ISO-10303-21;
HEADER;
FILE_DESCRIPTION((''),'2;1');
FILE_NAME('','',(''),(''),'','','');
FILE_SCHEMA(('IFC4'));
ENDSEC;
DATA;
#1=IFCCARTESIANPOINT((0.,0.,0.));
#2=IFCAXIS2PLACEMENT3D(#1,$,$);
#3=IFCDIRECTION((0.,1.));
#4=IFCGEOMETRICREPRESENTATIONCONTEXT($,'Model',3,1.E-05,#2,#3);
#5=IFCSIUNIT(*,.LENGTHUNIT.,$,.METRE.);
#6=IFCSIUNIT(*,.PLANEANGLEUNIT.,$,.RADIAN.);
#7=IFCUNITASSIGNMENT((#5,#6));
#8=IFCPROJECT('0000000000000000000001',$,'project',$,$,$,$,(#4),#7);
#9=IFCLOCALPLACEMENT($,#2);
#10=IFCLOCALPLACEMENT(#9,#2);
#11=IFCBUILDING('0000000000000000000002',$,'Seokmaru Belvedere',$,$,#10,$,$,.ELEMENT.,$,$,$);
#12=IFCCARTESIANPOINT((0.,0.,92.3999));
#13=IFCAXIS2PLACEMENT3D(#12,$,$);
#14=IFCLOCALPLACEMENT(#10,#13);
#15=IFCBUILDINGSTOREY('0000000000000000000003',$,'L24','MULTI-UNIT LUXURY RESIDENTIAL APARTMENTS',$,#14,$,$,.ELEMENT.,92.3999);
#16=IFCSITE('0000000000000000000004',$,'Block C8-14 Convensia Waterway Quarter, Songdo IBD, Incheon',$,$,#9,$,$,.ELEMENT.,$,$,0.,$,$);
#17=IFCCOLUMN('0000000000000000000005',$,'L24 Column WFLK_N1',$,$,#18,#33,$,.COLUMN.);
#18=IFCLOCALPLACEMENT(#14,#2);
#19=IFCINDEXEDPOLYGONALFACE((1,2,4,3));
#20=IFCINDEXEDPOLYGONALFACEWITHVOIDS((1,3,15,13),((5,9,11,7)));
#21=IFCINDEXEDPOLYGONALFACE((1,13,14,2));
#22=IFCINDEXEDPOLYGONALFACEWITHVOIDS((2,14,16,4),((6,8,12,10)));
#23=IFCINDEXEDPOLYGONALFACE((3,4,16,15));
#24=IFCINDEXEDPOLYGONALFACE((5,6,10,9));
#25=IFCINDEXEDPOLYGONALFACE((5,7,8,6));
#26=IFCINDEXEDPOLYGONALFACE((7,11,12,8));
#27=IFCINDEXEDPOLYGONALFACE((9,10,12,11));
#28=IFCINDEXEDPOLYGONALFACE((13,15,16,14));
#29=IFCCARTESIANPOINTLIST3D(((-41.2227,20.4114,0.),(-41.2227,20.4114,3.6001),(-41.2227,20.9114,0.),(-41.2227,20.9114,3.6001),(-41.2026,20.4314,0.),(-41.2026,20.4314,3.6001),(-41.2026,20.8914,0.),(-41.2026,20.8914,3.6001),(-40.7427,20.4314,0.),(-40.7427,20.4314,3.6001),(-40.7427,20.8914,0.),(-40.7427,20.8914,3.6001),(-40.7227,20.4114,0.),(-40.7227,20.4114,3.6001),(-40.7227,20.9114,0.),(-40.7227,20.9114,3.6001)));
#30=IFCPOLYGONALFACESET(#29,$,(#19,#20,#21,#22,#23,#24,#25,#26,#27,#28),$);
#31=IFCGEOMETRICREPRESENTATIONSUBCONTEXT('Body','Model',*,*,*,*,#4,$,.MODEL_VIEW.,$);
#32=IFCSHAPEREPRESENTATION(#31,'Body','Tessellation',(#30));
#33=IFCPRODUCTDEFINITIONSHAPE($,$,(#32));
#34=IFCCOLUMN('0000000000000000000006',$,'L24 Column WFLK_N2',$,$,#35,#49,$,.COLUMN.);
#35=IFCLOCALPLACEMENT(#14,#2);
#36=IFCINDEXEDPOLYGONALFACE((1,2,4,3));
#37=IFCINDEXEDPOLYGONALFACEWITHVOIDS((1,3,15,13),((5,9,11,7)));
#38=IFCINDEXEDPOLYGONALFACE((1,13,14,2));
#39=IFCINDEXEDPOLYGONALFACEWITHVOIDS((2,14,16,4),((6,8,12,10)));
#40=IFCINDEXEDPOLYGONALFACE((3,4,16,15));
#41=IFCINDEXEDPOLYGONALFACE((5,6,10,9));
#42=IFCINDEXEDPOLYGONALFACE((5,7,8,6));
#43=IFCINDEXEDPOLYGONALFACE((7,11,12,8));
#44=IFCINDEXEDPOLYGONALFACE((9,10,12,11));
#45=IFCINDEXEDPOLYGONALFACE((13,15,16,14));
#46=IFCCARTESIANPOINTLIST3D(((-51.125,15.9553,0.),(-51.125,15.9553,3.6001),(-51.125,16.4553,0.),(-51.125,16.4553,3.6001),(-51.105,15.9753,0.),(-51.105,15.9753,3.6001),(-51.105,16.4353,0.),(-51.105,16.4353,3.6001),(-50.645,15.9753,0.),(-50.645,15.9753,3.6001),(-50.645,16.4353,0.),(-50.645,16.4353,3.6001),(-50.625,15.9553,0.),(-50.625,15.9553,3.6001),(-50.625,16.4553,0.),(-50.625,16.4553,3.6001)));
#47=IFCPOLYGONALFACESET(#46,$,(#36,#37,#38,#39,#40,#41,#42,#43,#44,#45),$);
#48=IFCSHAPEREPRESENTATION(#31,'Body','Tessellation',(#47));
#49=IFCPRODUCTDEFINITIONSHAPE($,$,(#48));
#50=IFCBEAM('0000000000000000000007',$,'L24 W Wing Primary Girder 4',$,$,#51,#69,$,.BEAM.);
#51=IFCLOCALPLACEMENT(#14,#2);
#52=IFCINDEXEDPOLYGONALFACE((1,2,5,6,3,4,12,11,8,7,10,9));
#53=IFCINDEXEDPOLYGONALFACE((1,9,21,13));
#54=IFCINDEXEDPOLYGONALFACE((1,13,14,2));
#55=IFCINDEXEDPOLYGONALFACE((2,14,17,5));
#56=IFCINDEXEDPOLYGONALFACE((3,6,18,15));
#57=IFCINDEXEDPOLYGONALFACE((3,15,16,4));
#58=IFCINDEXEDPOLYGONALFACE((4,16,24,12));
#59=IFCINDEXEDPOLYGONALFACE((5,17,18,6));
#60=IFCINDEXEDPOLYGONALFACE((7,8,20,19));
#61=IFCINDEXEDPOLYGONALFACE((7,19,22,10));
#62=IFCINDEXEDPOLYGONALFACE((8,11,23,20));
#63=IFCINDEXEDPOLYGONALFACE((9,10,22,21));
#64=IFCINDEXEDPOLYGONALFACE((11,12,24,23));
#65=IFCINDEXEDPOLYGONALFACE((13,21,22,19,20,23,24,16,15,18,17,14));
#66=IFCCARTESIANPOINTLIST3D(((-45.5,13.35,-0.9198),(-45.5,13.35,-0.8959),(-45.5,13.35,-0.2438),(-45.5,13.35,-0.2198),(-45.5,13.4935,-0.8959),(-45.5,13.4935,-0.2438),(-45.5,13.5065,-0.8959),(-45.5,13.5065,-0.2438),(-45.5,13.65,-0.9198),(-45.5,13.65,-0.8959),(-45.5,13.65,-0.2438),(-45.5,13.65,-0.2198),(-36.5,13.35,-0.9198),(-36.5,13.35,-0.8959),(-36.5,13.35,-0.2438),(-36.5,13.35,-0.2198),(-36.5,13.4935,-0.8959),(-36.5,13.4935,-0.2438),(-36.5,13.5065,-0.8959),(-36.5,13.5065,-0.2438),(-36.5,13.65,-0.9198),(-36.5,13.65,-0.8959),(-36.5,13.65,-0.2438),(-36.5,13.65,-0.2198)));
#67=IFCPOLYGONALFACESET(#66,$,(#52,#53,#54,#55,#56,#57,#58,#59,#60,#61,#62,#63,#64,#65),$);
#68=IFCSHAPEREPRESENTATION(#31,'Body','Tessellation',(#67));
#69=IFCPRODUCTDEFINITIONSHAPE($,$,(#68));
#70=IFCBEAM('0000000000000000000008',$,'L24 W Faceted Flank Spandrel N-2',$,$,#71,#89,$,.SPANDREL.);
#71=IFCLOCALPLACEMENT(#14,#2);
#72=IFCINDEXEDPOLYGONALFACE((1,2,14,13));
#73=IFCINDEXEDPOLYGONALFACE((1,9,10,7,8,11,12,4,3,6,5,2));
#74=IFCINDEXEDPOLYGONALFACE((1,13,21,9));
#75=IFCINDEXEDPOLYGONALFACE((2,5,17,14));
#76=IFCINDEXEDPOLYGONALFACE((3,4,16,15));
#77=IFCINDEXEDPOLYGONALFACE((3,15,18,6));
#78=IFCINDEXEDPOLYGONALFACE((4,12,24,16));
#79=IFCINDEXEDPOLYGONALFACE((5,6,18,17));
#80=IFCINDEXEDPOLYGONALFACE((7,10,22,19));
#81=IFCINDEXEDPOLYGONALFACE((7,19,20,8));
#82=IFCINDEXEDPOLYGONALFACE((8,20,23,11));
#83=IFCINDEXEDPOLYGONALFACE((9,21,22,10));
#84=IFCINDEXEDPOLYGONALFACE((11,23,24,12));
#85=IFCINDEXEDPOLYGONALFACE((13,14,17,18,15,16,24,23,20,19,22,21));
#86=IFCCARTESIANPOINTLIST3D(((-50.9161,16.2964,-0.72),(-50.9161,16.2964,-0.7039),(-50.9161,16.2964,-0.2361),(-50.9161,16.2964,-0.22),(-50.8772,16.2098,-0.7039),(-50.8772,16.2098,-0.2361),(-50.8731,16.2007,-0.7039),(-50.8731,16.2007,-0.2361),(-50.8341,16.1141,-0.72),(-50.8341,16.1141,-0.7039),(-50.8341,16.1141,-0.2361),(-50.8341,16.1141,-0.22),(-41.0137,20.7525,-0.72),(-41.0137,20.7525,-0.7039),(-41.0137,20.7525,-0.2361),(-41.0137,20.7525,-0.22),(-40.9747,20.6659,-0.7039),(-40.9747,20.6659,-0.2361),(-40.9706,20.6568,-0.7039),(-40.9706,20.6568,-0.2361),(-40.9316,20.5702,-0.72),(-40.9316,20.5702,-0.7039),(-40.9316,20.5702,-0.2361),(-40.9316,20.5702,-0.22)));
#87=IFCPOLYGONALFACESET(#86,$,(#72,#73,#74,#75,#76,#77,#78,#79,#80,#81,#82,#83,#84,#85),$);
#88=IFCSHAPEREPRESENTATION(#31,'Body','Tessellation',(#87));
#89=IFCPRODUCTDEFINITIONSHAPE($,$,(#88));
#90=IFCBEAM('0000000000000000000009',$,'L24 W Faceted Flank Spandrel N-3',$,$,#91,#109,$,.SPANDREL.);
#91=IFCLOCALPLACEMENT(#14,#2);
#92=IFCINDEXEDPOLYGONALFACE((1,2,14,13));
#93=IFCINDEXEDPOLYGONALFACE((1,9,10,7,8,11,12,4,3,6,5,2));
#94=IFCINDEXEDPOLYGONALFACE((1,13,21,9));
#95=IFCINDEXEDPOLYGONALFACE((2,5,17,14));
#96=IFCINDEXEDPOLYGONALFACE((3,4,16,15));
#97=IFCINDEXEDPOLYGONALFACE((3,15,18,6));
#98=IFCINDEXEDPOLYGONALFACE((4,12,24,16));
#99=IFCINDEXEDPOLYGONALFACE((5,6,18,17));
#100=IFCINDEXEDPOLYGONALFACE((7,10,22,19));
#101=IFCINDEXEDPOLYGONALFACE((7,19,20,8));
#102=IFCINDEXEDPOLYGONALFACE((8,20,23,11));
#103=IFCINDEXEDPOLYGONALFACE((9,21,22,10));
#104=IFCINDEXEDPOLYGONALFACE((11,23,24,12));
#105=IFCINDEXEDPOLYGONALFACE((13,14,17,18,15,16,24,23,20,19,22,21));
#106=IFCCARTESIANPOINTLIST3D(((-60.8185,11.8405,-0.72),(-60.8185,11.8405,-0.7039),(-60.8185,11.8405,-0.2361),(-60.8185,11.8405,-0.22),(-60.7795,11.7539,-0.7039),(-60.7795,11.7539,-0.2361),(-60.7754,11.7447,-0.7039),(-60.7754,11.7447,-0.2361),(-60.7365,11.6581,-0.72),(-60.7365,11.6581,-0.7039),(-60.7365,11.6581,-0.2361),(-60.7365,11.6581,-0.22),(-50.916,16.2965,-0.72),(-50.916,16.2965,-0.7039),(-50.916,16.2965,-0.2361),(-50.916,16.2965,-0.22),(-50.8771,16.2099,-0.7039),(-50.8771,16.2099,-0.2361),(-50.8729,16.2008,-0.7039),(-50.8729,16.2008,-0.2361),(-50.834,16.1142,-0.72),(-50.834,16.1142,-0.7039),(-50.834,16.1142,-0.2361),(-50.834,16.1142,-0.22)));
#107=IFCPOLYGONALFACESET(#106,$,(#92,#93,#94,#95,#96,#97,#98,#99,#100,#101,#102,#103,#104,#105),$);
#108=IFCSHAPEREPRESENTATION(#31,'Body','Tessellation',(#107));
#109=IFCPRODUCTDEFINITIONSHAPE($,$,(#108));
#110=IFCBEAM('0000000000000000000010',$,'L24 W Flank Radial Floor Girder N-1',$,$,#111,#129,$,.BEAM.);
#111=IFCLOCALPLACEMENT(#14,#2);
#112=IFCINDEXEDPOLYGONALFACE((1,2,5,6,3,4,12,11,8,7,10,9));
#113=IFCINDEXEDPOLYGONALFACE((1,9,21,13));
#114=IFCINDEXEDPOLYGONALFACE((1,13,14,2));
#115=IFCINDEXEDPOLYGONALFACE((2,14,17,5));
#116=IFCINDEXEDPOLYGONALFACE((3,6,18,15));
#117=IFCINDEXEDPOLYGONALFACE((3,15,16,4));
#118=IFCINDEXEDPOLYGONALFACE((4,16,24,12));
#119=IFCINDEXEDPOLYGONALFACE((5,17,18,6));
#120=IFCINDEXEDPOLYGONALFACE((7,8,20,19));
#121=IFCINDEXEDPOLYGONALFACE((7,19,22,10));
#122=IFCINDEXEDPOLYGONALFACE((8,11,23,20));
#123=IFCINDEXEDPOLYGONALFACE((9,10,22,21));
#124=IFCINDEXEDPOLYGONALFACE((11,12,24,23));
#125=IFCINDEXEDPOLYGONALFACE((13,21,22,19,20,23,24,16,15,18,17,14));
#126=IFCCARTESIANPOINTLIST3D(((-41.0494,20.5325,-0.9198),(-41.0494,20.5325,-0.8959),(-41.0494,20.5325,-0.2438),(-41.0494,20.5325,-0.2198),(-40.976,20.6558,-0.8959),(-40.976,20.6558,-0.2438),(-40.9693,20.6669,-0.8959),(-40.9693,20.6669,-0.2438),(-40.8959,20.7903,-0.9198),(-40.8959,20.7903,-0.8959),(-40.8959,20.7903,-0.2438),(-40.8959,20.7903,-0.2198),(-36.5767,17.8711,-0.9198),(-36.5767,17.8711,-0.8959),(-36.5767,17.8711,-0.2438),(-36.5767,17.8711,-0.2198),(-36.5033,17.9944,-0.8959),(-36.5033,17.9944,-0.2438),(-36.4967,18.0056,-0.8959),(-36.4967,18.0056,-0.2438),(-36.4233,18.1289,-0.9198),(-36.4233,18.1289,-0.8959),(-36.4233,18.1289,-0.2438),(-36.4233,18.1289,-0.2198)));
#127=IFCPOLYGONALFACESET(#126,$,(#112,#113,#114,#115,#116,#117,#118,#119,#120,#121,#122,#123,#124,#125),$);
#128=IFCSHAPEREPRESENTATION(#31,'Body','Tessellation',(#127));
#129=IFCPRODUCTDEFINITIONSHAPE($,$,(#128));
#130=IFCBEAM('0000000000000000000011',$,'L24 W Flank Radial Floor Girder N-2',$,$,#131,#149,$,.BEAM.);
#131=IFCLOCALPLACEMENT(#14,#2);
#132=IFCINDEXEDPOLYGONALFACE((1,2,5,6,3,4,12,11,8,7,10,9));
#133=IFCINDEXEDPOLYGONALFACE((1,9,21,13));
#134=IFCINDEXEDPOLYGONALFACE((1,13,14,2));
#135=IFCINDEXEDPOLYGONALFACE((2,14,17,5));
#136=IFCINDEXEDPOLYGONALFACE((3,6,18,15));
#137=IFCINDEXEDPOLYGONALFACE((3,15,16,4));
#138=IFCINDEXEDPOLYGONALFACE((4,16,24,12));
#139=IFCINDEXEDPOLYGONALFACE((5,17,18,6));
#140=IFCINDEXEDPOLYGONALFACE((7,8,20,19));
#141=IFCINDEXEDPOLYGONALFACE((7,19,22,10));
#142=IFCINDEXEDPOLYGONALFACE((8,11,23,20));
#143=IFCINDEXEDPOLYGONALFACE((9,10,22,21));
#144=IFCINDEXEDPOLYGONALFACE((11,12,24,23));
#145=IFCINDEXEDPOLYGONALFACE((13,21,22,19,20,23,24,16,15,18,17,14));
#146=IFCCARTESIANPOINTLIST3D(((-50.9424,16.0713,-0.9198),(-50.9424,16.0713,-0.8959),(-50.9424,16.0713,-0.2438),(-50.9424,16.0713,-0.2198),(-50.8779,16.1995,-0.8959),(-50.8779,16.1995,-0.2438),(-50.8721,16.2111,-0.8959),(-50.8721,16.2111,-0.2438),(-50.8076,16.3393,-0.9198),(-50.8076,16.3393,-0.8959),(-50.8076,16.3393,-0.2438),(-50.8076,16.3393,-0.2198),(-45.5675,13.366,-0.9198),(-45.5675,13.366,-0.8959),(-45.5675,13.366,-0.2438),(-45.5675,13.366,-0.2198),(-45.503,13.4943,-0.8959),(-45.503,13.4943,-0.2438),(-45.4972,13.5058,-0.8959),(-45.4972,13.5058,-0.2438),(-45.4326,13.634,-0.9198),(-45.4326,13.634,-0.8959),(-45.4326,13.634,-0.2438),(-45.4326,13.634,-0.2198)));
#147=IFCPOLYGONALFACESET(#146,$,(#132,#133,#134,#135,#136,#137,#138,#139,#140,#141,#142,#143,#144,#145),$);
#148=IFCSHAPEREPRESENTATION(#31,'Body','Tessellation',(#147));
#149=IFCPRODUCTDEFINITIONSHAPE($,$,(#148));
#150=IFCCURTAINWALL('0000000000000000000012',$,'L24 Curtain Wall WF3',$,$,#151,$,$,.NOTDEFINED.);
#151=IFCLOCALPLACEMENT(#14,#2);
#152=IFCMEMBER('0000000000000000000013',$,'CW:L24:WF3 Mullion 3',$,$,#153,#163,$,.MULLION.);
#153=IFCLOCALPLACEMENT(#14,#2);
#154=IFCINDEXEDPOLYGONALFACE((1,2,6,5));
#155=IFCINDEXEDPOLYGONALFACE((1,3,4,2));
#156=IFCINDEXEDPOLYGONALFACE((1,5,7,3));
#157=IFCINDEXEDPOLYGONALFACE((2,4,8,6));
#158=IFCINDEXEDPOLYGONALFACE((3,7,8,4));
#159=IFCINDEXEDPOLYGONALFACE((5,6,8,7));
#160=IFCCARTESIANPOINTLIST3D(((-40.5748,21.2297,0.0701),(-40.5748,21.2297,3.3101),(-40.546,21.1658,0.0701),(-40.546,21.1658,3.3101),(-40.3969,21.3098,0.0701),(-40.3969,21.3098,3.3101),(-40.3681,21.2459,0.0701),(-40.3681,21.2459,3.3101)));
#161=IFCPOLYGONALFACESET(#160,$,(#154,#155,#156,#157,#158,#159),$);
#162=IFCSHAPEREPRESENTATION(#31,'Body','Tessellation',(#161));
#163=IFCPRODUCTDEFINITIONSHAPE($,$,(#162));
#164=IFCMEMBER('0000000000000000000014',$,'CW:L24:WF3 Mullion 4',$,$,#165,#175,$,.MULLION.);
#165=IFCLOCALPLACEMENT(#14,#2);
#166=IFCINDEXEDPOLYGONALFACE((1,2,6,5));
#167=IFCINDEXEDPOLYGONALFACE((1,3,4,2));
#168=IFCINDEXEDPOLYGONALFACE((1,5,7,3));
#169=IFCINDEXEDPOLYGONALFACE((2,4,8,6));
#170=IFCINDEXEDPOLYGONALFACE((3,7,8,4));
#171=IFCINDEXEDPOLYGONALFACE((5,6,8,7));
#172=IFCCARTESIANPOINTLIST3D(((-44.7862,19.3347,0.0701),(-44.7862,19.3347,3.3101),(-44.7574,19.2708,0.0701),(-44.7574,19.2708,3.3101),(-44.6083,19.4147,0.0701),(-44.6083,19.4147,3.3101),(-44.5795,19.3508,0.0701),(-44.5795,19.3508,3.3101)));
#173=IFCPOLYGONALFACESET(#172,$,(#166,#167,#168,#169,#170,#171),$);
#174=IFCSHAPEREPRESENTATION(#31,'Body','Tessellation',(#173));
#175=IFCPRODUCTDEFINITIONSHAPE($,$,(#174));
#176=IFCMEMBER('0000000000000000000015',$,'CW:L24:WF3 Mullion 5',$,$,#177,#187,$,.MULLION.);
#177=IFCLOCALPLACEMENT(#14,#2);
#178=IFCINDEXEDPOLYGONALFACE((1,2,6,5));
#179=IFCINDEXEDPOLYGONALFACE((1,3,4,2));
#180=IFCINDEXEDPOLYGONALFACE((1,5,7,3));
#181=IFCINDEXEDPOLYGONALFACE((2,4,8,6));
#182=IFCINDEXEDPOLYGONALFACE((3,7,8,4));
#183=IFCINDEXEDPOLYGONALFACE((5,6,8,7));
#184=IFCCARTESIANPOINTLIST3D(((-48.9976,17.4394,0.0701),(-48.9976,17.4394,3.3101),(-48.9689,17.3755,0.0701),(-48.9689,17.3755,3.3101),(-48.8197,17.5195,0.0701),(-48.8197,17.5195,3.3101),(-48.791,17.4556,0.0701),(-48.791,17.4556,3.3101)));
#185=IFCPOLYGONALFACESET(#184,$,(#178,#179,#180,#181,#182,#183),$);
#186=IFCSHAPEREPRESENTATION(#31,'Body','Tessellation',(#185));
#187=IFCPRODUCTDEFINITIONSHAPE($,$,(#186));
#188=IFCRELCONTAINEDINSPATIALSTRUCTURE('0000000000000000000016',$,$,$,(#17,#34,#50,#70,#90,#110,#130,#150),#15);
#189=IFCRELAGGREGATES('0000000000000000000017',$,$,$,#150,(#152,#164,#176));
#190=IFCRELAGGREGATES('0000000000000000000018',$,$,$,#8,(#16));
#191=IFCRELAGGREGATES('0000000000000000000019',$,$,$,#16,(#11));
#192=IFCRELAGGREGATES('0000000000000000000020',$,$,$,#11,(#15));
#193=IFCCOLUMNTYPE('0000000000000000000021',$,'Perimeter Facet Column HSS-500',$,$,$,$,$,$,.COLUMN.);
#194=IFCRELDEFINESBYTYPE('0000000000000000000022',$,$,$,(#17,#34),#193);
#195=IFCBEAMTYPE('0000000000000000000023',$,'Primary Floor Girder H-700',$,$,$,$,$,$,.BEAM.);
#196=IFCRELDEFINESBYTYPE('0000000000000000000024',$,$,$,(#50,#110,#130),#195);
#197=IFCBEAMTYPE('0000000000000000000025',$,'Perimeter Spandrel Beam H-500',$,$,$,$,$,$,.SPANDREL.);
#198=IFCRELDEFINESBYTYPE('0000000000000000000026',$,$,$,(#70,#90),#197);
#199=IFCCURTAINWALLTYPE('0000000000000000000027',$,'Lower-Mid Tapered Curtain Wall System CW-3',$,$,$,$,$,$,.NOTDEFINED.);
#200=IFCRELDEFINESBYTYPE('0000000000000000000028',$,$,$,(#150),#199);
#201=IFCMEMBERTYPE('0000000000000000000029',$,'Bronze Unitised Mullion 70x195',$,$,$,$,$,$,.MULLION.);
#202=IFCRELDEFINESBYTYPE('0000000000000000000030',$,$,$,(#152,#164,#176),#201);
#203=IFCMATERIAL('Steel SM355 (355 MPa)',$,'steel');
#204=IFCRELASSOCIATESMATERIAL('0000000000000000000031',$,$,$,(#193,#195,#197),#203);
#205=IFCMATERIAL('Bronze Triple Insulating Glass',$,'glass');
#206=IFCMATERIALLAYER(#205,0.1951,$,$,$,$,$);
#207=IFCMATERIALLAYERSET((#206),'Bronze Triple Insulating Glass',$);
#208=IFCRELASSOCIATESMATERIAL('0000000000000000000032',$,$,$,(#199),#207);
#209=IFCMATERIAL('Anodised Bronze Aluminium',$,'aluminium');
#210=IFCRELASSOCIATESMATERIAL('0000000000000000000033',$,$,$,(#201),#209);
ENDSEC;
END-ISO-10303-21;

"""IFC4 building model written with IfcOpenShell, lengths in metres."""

from ifc_helpers import new_model, si_unit, direction, frame, origin, origin_2d, place, context, subcontext, project, spatial, rectangle, hollow_rectangle, i_section, extrude, source, transform, mapped, material, layer, layer_set, material_profile, profile_set, type_object, type_shapes, element, aggregate, save


model = new_model("IFC4")

# Units and contexts
model_context = context("Model", 3, precision=1e-05, world=origin(), true_north=direction((0.0, 1.0)))
body_context = subcontext(model_context, "Body", "Model", "MODEL_VIEW")
ifc_project = project(units=[si_unit("LENGTHUNIT", "METRE"), si_unit("PLANEANGLEUNIT", "RADIAN")], contexts=[model_context])

# Site, building, storey
site_placement = place(None, origin())
site = spatial("IfcSite", under=ifc_project, at=site_placement, Name="Block C8-14 Convensia Waterway Quarter, Songdo IBD, Incheon", CompositionType="ELEMENT", RefElevation=0.0)
building_placement = place(site_placement, origin())
building = spatial("IfcBuilding", under=site, at=building_placement, Name="Seokmaru Belvedere", CompositionType="ELEMENT")
storey_placement = place(building_placement, frame((0.0, 0.0, 92.3999)))
storey = spatial("IfcBuildingStorey", under=building, at=storey_placement, Name="L24", Description="MULTI-UNIT LUXURY RESIDENTIAL APARTMENTS", CompositionType="ELEMENT", Elevation=92.3999)

# Columns
ifc_material_1 = material(Name="Steel SM355 (355 MPa)", Category="steel")
ifc_material_profile_1 = material_profile(ifc_material_1, hollow_rectangle(XDim=0.5, YDim=0.5, WallThickness=0.02, at=origin_2d()), Name="HSS-500x500x20")
ifc_profile_set_1 = profile_set([ifc_material_profile_1], Name="Steel SM355 (355 MPa)")
column_type = type_object("IfcColumnType", Name="Perimeter Facet Column HSS-500", PredefinedType="COLUMN", material=ifc_profile_set_1)
shared_shape_1 = source(origin(), body_context, "Body", "SweptSolid", [
    extrude(hollow_rectangle(XDim=0.5, YDim=0.5, WallThickness=0.02, at=origin_2d()), origin(), (0.0, 0.0, 1.0), 3.6001),
])
type_shapes(column_type, [shared_shape_1])
for number, where, z_axis, x_axis, name in (
    (1, (-40.9727, 20.6614, 0.0), (0.0, 0.0, 1.0), (1.0, 0.0, 0.0), "L24 Column WFLK_N1"),
    (2, (-50.875, 16.2053, 0.0), (0.0, 0.0, 1.0), (1.0, 0.0, 0.0), "L24 Column WFLK_N2"),
):
    element("IfcColumn", number, at=place(storey_placement, frame(where, z_axis=z_axis, x_axis=x_axis)), inside=storey, type_object=column_type, Name=name, PredefinedType="COLUMN", context=body_context, shape_type="MappedRepresentation", body=[
        mapped(shared_shape_1, transform((0.0, 0.0, 0.0), scale=1.0)),
    ])

# Beams
ifc_material_profile_2 = material_profile(ifc_material_1, i_section(OverallWidth=0.3, OverallDepth=0.7, WebThickness=0.0129, FlangeThickness=0.0239, at=origin_2d()), Name="H-700x300x13x24")
ifc_profile_set_2 = profile_set([ifc_material_profile_2], Name="Steel SM355 (355 MPa)")
beam_type_1 = type_object("IfcBeamType", Name="Primary Floor Girder H-700", PredefinedType="BEAM", material=ifc_profile_set_2)
shared_shape_2 = source(origin(), body_context, "Body", "SweptSolid", [
    extrude(i_section(OverallWidth=0.3, OverallDepth=0.7, WebThickness=0.0129, FlangeThickness=0.0239, at=origin_2d()), origin(), (0.0, 0.0, 1.0), 9.0),
])
beam_1_placement = place(storey_placement, frame((-45.5, 13.5, -0.5698), z_axis=(1.0, 0.0, 0.0), x_axis=(0.0, 1.0, 0.0)))
element("IfcBeam", 3, at=beam_1_placement, inside=storey, type_object=beam_type_1, Name="L24 W Wing Primary Girder 4", PredefinedType="BEAM", context=body_context, shape_type="MappedRepresentation", body=[
    mapped(shared_shape_2, transform((0.0, 0.0, 0.0), scale=1.0)),
])
ifc_material_profile_3 = material_profile(ifc_material_1, i_section(OverallWidth=0.2, OverallDepth=0.5, WebThickness=0.01, FlangeThickness=0.0161, at=origin_2d()), Name="H-500x200x10x16")
ifc_profile_set_3 = profile_set([ifc_material_profile_3], Name="Steel SM355 (355 MPa)")
beam_type_2 = type_object("IfcBeamType", Name="Perimeter Spandrel Beam H-500", PredefinedType="SPANDREL", material=ifc_profile_set_3)
shared_shape_3 = source(origin(), body_context, "Body", "SweptSolid", [
    extrude(i_section(OverallWidth=0.2, OverallDepth=0.5, WebThickness=0.01, FlangeThickness=0.0161, at=origin_2d()), origin(), (0.0, 0.0, 1.0), 10.8589),
])
type_shapes(beam_type_2, [shared_shape_3])
for number, where, z_axis, x_axis, name in (
    (4, (-40.9727, 20.6614, -0.47), (-0.911922, -0.410365, 0.0), (0.410365, -0.911922, 0.0), "L24 W Faceted Flank Spandrel N-2"),
    (5, (-50.875, 16.2053, -0.47), (-0.911925, -0.410356, 0.0), (0.410356, -0.911925, 0.0), "L24 W Faceted Flank Spandrel N-3"),
):
    element("IfcBeam", number, at=place(storey_placement, frame(where, z_axis=z_axis, x_axis=x_axis)), inside=storey, type_object=beam_type_2, Name=name, PredefinedType="SPANDREL", context=body_context, shape_type="MappedRepresentation", body=[
        mapped(shared_shape_3, transform((0.0, 0.0, 0.0), scale=1.0)),
    ])
shared_shape_4 = source(origin(), body_context, "Body", "SweptSolid", [
    extrude(i_section(OverallWidth=0.3, OverallDepth=0.7, WebThickness=0.0129, FlangeThickness=0.0239, at=origin_2d()), origin(), (0.0, 0.0, 1.0), 5.2046),
])
beam_2_placement = place(storey_placement, frame((-40.9727, 20.6614, -0.5698), z_axis=(0.85937, -0.511354, 0.0), x_axis=(0.511354, 0.85937, 0.0)))
element("IfcBeam", 6, at=beam_2_placement, inside=storey, type_object=beam_type_1, Name="L24 W Flank Radial Floor Girder N-1", PredefinedType="BEAM", context=body_context, shape_type="MappedRepresentation", body=[
    mapped(shared_shape_4, transform((0.0, 0.0, 0.0), scale=1.0)),
])
shared_shape_5 = source(origin(), body_context, "Body", "SweptSolid", [
    extrude(i_section(OverallWidth=0.3, OverallDepth=0.7, WebThickness=0.0129, FlangeThickness=0.0239, at=origin_2d()), origin(), (0.0, 0.0, 1.0), 6.0173),
])
type_shapes(beam_type_1, [shared_shape_2, shared_shape_4, shared_shape_5])
beam_3_placement = place(storey_placement, frame((-50.875, 16.2053, -0.5698), z_axis=(0.893239, -0.449581, 0.0), x_axis=(0.449581, 0.893239, 0.0)))
element("IfcBeam", 7, at=beam_3_placement, inside=storey, type_object=beam_type_1, Name="L24 W Flank Radial Floor Girder N-2", PredefinedType="BEAM", context=body_context, shape_type="MappedRepresentation", body=[
    mapped(shared_shape_5, transform((0.0, 0.0, 0.0), scale=1.0)),
])

# Curtain wall, members
ifc_material_2 = material(Name="Bronze Triple Insulating Glass", Category="glass")
ifc_layer_1 = layer(ifc_material_2, 0.1951)
ifc_layer_set_1 = layer_set([ifc_layer_1], Name="Bronze Triple Insulating Glass")
curtain_wall_type = type_object("IfcCurtainWallType", Name="Lower-Mid Tapered Curtain Wall System CW-3", PredefinedType="NOTDEFINED", material=ifc_layer_set_1)
curtain_wall_placement = place(storey_placement, origin())
curtain_wall = element("IfcCurtainWall", 8, at=curtain_wall_placement, inside=storey, type_object=curtain_wall_type, Name="L24 Curtain Wall WF3", PredefinedType="NOTDEFINED")
ifc_material_3 = material(Name="Anodised Bronze Aluminium", Category="aluminium")
ifc_material_profile_4 = material_profile(ifc_material_3, rectangle(XDim=0.0701, YDim=0.1951, at=origin_2d()), Name="CW-M-70x195")
ifc_profile_set_4 = profile_set([ifc_material_profile_4], Name="Anodised Bronze Aluminium")
member_type = type_object("IfcMemberType", Name="Bronze Unitised Mullion 70x195", PredefinedType="MULLION", material=ifc_profile_set_4)
shared_shape_6 = source(origin(), body_context, "Body", "SweptSolid", [
    extrude(rectangle(XDim=0.0701, YDim=0.1951, at=origin_2d()), origin(), (0.0, 0.0, 1.0), 3.24),
])
type_shapes(member_type, [shared_shape_6])
member_1_placement = place(storey_placement, frame((-40.4714, 21.2378, 0.0701), z_axis=(0.0, 0.0, 1.0), x_axis=(0.410366, -0.911921, 0.0)))
member_1 = element("IfcMember", 9, at=member_1_placement, type_object=member_type, Name="CW:L24:WF3 Mullion 3", PredefinedType="MULLION", context=body_context, shape_type="MappedRepresentation", body=[
    mapped(shared_shape_6, transform((0.0, 0.0, 0.0), scale=1.0)),
])
member_2_placement = place(storey_placement, frame((-44.6829, 19.3428, 0.0701), z_axis=(0.0, 0.0, 1.0), x_axis=(0.410366, -0.911921, 0.0)))
member_2 = element("IfcMember", 10, at=member_2_placement, type_object=member_type, Name="CW:L24:WF3 Mullion 4", PredefinedType="MULLION", context=body_context, shape_type="MappedRepresentation", body=[
    mapped(shared_shape_6, transform((0.0, 0.0, 0.0), scale=1.0)),
])
member_3_placement = place(storey_placement, frame((-48.8943, 17.4475, 0.0701), z_axis=(0.0, 0.0, 1.0), x_axis=(0.410366, -0.911921, 0.0)))
member_3 = element("IfcMember", 11, at=member_3_placement, type_object=member_type, Name="CW:L24:WF3 Mullion 5", PredefinedType="MULLION", context=body_context, shape_type="MappedRepresentation", body=[
    mapped(shared_shape_6, transform((0.0, 0.0, 0.0), scale=1.0)),
])
aggregate(curtain_wall, [member_1, member_2, member_3])

save(model, "model.ifc")
